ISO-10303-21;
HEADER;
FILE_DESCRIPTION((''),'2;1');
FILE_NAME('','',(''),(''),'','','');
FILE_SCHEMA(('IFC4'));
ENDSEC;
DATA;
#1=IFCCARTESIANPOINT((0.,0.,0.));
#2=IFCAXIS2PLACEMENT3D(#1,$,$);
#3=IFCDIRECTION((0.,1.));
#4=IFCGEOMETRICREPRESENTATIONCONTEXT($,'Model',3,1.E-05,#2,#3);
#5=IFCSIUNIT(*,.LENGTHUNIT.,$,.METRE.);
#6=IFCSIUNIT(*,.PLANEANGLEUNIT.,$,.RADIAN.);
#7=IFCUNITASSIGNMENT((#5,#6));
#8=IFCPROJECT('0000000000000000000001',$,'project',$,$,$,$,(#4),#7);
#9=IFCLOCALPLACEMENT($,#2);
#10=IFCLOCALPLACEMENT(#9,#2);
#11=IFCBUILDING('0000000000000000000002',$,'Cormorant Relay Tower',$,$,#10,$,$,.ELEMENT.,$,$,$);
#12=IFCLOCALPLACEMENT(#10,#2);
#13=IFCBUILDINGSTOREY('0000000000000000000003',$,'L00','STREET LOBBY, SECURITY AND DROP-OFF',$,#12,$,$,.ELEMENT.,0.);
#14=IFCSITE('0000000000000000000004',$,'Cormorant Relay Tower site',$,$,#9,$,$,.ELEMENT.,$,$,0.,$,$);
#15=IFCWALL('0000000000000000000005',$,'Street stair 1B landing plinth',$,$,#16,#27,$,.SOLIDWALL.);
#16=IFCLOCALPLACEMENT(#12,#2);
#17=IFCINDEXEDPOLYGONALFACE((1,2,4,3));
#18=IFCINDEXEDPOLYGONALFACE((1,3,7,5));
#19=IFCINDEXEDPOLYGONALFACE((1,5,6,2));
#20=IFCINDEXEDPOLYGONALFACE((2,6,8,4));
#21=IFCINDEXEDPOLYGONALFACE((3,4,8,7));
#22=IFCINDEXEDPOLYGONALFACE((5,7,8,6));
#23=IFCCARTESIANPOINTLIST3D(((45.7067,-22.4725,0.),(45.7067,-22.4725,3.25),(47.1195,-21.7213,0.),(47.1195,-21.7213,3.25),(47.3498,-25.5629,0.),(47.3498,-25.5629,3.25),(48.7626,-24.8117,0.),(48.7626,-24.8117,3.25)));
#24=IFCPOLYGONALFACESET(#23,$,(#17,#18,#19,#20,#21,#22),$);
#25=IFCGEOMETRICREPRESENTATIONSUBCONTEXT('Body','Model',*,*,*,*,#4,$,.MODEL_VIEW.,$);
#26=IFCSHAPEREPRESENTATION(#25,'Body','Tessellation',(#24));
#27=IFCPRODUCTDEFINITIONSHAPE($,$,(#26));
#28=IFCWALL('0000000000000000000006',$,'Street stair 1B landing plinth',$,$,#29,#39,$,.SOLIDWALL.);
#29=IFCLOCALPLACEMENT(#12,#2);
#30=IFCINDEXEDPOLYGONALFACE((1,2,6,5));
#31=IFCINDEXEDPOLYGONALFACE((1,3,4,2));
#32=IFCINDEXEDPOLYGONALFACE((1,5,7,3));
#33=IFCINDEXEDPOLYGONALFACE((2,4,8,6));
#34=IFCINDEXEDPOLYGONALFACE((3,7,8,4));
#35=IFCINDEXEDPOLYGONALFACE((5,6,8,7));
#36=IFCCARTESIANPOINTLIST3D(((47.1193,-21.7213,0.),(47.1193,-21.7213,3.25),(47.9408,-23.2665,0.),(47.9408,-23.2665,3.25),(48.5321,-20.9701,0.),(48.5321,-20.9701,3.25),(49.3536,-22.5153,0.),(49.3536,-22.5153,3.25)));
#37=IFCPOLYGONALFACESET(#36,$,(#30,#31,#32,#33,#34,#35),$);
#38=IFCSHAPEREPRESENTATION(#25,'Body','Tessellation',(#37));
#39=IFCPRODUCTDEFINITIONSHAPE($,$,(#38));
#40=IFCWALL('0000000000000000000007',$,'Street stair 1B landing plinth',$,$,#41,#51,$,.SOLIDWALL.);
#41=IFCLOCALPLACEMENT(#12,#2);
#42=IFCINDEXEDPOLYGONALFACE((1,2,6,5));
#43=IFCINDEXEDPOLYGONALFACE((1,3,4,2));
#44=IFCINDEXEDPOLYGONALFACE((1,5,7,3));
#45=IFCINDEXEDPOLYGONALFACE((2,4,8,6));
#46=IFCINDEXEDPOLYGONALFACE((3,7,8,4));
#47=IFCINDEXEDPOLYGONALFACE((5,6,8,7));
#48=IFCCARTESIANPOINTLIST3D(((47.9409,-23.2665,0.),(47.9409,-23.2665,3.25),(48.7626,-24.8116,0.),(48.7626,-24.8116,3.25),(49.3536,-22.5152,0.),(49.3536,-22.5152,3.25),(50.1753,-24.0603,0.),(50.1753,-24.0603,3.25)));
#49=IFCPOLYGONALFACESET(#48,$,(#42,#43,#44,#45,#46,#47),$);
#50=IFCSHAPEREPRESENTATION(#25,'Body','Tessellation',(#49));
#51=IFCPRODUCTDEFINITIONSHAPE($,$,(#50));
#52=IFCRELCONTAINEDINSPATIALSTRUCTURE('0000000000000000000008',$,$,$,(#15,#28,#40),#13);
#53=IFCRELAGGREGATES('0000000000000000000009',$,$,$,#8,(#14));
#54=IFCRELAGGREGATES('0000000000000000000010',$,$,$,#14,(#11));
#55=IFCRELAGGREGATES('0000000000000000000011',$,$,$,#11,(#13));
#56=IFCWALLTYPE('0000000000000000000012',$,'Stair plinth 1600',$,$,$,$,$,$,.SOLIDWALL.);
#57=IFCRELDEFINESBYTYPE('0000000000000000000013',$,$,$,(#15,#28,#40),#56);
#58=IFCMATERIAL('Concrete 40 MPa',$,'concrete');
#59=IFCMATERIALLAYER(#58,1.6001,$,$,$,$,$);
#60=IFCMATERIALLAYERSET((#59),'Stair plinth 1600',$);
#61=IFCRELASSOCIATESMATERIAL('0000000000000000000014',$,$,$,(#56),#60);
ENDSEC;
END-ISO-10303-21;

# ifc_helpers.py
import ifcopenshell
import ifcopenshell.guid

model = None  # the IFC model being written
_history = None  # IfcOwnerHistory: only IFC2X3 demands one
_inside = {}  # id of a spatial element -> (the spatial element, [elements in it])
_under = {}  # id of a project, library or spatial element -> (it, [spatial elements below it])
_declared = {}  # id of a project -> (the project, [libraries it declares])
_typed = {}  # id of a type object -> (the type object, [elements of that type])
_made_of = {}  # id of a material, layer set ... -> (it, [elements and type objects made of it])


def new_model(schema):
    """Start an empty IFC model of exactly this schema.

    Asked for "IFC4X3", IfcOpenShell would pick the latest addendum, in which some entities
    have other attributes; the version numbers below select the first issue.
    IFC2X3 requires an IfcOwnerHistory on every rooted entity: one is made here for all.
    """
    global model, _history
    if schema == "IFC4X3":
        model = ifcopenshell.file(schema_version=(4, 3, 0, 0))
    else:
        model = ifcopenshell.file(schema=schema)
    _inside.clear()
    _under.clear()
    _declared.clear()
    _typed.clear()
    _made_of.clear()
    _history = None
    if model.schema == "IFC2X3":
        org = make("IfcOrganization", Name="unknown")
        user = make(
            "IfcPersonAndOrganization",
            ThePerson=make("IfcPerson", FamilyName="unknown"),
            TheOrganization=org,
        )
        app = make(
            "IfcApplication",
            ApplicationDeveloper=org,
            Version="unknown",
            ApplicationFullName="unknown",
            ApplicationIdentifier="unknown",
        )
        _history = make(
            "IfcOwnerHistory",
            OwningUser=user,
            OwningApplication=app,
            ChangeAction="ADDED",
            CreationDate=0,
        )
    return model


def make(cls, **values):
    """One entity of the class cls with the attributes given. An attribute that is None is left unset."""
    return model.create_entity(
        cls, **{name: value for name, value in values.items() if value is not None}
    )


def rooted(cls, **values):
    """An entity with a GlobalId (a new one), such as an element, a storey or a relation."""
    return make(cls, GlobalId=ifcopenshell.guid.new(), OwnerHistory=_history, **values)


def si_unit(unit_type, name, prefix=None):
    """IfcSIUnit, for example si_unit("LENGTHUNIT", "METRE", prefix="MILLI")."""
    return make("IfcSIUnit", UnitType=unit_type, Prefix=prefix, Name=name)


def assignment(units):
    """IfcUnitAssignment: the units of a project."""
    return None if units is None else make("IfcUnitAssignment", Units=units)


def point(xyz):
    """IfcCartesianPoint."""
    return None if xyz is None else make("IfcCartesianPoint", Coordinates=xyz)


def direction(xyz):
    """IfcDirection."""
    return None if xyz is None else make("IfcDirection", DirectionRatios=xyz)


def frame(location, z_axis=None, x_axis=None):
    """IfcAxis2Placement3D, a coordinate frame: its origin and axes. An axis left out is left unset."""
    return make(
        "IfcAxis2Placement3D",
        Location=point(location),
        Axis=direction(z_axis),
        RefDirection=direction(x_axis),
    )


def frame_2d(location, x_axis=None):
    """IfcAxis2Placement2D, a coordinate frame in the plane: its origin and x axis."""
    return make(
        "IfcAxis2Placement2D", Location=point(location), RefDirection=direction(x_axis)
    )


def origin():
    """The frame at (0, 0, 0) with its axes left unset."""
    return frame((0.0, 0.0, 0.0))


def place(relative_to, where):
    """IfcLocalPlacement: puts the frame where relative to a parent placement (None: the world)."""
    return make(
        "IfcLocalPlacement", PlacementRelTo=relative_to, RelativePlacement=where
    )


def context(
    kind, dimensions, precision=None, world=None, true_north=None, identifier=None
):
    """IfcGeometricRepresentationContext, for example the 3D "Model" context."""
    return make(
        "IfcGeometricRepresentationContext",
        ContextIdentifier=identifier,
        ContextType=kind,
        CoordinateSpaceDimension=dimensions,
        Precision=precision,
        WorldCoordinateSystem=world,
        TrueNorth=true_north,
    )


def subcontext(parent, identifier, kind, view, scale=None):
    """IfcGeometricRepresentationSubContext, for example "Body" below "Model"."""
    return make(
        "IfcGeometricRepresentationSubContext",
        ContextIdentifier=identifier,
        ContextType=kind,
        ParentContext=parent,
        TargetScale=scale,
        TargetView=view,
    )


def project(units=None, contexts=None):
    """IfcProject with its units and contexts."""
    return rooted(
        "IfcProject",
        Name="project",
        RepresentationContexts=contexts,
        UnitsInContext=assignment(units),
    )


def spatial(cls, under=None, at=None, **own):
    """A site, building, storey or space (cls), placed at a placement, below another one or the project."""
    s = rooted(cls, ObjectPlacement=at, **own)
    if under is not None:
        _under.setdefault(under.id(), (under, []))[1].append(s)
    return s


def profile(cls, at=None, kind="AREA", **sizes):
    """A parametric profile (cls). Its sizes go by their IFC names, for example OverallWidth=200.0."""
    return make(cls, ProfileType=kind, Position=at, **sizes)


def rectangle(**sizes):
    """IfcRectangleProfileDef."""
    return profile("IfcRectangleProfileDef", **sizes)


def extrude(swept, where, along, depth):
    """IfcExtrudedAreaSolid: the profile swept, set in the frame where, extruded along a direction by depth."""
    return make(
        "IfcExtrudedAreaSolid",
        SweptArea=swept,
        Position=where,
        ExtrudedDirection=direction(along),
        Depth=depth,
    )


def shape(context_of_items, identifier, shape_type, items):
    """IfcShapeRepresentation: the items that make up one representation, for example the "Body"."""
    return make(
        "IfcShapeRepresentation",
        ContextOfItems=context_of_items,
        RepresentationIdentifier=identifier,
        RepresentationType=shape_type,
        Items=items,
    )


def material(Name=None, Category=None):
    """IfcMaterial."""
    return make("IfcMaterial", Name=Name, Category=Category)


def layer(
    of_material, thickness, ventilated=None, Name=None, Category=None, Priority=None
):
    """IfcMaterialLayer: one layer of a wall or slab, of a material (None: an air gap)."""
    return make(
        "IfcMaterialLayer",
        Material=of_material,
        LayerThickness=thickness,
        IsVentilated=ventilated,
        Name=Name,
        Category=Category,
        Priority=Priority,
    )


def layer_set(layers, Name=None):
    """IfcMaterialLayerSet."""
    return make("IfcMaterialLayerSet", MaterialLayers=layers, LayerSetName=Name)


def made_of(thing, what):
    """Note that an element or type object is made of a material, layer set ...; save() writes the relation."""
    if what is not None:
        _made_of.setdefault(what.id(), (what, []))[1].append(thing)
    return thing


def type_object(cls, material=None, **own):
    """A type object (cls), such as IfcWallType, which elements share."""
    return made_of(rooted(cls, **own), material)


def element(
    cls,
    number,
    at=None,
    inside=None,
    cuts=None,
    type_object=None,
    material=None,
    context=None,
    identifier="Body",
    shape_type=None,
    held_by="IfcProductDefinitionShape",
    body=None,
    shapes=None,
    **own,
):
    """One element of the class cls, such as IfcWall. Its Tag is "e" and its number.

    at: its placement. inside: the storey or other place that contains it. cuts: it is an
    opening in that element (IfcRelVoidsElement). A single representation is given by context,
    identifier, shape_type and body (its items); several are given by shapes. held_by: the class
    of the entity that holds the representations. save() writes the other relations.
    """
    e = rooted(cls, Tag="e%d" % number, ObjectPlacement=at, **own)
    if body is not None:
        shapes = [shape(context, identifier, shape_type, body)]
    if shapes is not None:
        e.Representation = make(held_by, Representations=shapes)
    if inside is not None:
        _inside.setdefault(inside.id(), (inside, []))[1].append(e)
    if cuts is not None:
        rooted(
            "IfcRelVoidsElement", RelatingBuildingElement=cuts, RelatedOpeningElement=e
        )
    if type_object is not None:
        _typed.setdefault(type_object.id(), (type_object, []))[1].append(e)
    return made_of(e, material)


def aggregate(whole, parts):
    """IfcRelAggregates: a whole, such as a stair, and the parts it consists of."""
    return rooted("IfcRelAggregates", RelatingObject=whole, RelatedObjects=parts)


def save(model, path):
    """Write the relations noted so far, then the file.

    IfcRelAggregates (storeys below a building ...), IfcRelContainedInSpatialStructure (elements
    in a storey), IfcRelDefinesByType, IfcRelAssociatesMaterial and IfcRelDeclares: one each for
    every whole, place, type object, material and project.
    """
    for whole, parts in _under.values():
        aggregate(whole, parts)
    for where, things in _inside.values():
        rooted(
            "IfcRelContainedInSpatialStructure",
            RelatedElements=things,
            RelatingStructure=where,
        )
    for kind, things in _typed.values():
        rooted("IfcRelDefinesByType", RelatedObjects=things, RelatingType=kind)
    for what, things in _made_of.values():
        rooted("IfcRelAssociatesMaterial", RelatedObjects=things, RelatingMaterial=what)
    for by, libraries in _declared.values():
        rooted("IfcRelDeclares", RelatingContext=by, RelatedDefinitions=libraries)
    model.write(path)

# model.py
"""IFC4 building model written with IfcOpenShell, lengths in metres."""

from ifc_helpers import new_model, si_unit, direction, frame, frame_2d, origin, place, context, subcontext, project, spatial, rectangle, extrude, material, layer, layer_set, type_object, element, save


model = new_model("IFC4")

# Units and contexts
model_context = context("Model", 3, precision=1e-05, world=origin(), true_north=direction((0.0, 1.0)))
body_context = subcontext(model_context, "Body", "Model", "MODEL_VIEW")
ifc_project = project(units=[si_unit("LENGTHUNIT", "METRE"), si_unit("PLANEANGLEUNIT", "RADIAN")], contexts=[model_context])

# Site, building, storey
site_placement = place(None, origin())
site = spatial("IfcSite", under=ifc_project, at=site_placement, Name="Cormorant Relay Tower site", CompositionType="ELEMENT", RefElevation=0.0)
building_placement = place(site_placement, origin())
building = spatial("IfcBuilding", under=site, at=building_placement, Name="Cormorant Relay Tower", CompositionType="ELEMENT")
storey_placement = place(building_placement, origin())
storey = spatial("IfcBuildingStorey", under=building, at=storey_placement, Name="L00", Description="STREET LOBBY, SECURITY AND DROP-OFF", CompositionType="ELEMENT", Elevation=0.0)

# Walls
ifc_material_1 = material(Name="Concrete 40 MPa", Category="concrete")
ifc_layer_1 = layer(ifc_material_1, 1.6001)
ifc_layer_set_1 = layer_set([ifc_layer_1], Name="Stair plinth 1600")
wall_type_1 = type_object("IfcWallType", Name="Stair plinth 1600", PredefinedType="SOLIDWALL", material=ifc_layer_set_1)
wall_1_placement = place(storey_placement, frame((46.4131, -22.0969, 0.0), z_axis=(0.0, 0.0, 1.0), x_axis=(0.469451, -0.882959, 0.0)))
element("IfcWall", 1, at=wall_1_placement, inside=storey, type_object=wall_type_1, Name="Street stair 1B landing plinth", PredefinedType="SOLIDWALL", context=body_context, shape_type="SweptSolid", body=[
    extrude(rectangle(XDim=3.5, YDim=1.6001, at=frame_2d((1.75, 0.0))), origin(), (0.0, 0.0, 1.0), 3.25),
])
for number, where, z_axis, x_axis, name in (
    (2, (47.8257, -21.3457, 0.0), (0.0, 0.0, 1.0), (0.469451, -0.882959, 0.0), "Street stair 1B landing plinth"),
    (3, (48.6472, -22.8909, 0.0), (0.0, 0.0, 1.0), (0.46956, -0.882901, 0.0), "Street stair 1B landing plinth"),
):
    element("IfcWall", number, at=place(storey_placement, frame(where, z_axis=z_axis, x_axis=x_axis)), inside=storey, type_object=wall_type_1, Name=name, PredefinedType="SOLIDWALL", context=body_context, shape_type="SweptSolid", body=[
        extrude(rectangle(XDim=1.75, YDim=1.6001, at=frame_2d((0.875, 0.0))), origin(), (0.0, 0.0, 1.0), 3.25),
    ])

save(model, "model.ifc")
